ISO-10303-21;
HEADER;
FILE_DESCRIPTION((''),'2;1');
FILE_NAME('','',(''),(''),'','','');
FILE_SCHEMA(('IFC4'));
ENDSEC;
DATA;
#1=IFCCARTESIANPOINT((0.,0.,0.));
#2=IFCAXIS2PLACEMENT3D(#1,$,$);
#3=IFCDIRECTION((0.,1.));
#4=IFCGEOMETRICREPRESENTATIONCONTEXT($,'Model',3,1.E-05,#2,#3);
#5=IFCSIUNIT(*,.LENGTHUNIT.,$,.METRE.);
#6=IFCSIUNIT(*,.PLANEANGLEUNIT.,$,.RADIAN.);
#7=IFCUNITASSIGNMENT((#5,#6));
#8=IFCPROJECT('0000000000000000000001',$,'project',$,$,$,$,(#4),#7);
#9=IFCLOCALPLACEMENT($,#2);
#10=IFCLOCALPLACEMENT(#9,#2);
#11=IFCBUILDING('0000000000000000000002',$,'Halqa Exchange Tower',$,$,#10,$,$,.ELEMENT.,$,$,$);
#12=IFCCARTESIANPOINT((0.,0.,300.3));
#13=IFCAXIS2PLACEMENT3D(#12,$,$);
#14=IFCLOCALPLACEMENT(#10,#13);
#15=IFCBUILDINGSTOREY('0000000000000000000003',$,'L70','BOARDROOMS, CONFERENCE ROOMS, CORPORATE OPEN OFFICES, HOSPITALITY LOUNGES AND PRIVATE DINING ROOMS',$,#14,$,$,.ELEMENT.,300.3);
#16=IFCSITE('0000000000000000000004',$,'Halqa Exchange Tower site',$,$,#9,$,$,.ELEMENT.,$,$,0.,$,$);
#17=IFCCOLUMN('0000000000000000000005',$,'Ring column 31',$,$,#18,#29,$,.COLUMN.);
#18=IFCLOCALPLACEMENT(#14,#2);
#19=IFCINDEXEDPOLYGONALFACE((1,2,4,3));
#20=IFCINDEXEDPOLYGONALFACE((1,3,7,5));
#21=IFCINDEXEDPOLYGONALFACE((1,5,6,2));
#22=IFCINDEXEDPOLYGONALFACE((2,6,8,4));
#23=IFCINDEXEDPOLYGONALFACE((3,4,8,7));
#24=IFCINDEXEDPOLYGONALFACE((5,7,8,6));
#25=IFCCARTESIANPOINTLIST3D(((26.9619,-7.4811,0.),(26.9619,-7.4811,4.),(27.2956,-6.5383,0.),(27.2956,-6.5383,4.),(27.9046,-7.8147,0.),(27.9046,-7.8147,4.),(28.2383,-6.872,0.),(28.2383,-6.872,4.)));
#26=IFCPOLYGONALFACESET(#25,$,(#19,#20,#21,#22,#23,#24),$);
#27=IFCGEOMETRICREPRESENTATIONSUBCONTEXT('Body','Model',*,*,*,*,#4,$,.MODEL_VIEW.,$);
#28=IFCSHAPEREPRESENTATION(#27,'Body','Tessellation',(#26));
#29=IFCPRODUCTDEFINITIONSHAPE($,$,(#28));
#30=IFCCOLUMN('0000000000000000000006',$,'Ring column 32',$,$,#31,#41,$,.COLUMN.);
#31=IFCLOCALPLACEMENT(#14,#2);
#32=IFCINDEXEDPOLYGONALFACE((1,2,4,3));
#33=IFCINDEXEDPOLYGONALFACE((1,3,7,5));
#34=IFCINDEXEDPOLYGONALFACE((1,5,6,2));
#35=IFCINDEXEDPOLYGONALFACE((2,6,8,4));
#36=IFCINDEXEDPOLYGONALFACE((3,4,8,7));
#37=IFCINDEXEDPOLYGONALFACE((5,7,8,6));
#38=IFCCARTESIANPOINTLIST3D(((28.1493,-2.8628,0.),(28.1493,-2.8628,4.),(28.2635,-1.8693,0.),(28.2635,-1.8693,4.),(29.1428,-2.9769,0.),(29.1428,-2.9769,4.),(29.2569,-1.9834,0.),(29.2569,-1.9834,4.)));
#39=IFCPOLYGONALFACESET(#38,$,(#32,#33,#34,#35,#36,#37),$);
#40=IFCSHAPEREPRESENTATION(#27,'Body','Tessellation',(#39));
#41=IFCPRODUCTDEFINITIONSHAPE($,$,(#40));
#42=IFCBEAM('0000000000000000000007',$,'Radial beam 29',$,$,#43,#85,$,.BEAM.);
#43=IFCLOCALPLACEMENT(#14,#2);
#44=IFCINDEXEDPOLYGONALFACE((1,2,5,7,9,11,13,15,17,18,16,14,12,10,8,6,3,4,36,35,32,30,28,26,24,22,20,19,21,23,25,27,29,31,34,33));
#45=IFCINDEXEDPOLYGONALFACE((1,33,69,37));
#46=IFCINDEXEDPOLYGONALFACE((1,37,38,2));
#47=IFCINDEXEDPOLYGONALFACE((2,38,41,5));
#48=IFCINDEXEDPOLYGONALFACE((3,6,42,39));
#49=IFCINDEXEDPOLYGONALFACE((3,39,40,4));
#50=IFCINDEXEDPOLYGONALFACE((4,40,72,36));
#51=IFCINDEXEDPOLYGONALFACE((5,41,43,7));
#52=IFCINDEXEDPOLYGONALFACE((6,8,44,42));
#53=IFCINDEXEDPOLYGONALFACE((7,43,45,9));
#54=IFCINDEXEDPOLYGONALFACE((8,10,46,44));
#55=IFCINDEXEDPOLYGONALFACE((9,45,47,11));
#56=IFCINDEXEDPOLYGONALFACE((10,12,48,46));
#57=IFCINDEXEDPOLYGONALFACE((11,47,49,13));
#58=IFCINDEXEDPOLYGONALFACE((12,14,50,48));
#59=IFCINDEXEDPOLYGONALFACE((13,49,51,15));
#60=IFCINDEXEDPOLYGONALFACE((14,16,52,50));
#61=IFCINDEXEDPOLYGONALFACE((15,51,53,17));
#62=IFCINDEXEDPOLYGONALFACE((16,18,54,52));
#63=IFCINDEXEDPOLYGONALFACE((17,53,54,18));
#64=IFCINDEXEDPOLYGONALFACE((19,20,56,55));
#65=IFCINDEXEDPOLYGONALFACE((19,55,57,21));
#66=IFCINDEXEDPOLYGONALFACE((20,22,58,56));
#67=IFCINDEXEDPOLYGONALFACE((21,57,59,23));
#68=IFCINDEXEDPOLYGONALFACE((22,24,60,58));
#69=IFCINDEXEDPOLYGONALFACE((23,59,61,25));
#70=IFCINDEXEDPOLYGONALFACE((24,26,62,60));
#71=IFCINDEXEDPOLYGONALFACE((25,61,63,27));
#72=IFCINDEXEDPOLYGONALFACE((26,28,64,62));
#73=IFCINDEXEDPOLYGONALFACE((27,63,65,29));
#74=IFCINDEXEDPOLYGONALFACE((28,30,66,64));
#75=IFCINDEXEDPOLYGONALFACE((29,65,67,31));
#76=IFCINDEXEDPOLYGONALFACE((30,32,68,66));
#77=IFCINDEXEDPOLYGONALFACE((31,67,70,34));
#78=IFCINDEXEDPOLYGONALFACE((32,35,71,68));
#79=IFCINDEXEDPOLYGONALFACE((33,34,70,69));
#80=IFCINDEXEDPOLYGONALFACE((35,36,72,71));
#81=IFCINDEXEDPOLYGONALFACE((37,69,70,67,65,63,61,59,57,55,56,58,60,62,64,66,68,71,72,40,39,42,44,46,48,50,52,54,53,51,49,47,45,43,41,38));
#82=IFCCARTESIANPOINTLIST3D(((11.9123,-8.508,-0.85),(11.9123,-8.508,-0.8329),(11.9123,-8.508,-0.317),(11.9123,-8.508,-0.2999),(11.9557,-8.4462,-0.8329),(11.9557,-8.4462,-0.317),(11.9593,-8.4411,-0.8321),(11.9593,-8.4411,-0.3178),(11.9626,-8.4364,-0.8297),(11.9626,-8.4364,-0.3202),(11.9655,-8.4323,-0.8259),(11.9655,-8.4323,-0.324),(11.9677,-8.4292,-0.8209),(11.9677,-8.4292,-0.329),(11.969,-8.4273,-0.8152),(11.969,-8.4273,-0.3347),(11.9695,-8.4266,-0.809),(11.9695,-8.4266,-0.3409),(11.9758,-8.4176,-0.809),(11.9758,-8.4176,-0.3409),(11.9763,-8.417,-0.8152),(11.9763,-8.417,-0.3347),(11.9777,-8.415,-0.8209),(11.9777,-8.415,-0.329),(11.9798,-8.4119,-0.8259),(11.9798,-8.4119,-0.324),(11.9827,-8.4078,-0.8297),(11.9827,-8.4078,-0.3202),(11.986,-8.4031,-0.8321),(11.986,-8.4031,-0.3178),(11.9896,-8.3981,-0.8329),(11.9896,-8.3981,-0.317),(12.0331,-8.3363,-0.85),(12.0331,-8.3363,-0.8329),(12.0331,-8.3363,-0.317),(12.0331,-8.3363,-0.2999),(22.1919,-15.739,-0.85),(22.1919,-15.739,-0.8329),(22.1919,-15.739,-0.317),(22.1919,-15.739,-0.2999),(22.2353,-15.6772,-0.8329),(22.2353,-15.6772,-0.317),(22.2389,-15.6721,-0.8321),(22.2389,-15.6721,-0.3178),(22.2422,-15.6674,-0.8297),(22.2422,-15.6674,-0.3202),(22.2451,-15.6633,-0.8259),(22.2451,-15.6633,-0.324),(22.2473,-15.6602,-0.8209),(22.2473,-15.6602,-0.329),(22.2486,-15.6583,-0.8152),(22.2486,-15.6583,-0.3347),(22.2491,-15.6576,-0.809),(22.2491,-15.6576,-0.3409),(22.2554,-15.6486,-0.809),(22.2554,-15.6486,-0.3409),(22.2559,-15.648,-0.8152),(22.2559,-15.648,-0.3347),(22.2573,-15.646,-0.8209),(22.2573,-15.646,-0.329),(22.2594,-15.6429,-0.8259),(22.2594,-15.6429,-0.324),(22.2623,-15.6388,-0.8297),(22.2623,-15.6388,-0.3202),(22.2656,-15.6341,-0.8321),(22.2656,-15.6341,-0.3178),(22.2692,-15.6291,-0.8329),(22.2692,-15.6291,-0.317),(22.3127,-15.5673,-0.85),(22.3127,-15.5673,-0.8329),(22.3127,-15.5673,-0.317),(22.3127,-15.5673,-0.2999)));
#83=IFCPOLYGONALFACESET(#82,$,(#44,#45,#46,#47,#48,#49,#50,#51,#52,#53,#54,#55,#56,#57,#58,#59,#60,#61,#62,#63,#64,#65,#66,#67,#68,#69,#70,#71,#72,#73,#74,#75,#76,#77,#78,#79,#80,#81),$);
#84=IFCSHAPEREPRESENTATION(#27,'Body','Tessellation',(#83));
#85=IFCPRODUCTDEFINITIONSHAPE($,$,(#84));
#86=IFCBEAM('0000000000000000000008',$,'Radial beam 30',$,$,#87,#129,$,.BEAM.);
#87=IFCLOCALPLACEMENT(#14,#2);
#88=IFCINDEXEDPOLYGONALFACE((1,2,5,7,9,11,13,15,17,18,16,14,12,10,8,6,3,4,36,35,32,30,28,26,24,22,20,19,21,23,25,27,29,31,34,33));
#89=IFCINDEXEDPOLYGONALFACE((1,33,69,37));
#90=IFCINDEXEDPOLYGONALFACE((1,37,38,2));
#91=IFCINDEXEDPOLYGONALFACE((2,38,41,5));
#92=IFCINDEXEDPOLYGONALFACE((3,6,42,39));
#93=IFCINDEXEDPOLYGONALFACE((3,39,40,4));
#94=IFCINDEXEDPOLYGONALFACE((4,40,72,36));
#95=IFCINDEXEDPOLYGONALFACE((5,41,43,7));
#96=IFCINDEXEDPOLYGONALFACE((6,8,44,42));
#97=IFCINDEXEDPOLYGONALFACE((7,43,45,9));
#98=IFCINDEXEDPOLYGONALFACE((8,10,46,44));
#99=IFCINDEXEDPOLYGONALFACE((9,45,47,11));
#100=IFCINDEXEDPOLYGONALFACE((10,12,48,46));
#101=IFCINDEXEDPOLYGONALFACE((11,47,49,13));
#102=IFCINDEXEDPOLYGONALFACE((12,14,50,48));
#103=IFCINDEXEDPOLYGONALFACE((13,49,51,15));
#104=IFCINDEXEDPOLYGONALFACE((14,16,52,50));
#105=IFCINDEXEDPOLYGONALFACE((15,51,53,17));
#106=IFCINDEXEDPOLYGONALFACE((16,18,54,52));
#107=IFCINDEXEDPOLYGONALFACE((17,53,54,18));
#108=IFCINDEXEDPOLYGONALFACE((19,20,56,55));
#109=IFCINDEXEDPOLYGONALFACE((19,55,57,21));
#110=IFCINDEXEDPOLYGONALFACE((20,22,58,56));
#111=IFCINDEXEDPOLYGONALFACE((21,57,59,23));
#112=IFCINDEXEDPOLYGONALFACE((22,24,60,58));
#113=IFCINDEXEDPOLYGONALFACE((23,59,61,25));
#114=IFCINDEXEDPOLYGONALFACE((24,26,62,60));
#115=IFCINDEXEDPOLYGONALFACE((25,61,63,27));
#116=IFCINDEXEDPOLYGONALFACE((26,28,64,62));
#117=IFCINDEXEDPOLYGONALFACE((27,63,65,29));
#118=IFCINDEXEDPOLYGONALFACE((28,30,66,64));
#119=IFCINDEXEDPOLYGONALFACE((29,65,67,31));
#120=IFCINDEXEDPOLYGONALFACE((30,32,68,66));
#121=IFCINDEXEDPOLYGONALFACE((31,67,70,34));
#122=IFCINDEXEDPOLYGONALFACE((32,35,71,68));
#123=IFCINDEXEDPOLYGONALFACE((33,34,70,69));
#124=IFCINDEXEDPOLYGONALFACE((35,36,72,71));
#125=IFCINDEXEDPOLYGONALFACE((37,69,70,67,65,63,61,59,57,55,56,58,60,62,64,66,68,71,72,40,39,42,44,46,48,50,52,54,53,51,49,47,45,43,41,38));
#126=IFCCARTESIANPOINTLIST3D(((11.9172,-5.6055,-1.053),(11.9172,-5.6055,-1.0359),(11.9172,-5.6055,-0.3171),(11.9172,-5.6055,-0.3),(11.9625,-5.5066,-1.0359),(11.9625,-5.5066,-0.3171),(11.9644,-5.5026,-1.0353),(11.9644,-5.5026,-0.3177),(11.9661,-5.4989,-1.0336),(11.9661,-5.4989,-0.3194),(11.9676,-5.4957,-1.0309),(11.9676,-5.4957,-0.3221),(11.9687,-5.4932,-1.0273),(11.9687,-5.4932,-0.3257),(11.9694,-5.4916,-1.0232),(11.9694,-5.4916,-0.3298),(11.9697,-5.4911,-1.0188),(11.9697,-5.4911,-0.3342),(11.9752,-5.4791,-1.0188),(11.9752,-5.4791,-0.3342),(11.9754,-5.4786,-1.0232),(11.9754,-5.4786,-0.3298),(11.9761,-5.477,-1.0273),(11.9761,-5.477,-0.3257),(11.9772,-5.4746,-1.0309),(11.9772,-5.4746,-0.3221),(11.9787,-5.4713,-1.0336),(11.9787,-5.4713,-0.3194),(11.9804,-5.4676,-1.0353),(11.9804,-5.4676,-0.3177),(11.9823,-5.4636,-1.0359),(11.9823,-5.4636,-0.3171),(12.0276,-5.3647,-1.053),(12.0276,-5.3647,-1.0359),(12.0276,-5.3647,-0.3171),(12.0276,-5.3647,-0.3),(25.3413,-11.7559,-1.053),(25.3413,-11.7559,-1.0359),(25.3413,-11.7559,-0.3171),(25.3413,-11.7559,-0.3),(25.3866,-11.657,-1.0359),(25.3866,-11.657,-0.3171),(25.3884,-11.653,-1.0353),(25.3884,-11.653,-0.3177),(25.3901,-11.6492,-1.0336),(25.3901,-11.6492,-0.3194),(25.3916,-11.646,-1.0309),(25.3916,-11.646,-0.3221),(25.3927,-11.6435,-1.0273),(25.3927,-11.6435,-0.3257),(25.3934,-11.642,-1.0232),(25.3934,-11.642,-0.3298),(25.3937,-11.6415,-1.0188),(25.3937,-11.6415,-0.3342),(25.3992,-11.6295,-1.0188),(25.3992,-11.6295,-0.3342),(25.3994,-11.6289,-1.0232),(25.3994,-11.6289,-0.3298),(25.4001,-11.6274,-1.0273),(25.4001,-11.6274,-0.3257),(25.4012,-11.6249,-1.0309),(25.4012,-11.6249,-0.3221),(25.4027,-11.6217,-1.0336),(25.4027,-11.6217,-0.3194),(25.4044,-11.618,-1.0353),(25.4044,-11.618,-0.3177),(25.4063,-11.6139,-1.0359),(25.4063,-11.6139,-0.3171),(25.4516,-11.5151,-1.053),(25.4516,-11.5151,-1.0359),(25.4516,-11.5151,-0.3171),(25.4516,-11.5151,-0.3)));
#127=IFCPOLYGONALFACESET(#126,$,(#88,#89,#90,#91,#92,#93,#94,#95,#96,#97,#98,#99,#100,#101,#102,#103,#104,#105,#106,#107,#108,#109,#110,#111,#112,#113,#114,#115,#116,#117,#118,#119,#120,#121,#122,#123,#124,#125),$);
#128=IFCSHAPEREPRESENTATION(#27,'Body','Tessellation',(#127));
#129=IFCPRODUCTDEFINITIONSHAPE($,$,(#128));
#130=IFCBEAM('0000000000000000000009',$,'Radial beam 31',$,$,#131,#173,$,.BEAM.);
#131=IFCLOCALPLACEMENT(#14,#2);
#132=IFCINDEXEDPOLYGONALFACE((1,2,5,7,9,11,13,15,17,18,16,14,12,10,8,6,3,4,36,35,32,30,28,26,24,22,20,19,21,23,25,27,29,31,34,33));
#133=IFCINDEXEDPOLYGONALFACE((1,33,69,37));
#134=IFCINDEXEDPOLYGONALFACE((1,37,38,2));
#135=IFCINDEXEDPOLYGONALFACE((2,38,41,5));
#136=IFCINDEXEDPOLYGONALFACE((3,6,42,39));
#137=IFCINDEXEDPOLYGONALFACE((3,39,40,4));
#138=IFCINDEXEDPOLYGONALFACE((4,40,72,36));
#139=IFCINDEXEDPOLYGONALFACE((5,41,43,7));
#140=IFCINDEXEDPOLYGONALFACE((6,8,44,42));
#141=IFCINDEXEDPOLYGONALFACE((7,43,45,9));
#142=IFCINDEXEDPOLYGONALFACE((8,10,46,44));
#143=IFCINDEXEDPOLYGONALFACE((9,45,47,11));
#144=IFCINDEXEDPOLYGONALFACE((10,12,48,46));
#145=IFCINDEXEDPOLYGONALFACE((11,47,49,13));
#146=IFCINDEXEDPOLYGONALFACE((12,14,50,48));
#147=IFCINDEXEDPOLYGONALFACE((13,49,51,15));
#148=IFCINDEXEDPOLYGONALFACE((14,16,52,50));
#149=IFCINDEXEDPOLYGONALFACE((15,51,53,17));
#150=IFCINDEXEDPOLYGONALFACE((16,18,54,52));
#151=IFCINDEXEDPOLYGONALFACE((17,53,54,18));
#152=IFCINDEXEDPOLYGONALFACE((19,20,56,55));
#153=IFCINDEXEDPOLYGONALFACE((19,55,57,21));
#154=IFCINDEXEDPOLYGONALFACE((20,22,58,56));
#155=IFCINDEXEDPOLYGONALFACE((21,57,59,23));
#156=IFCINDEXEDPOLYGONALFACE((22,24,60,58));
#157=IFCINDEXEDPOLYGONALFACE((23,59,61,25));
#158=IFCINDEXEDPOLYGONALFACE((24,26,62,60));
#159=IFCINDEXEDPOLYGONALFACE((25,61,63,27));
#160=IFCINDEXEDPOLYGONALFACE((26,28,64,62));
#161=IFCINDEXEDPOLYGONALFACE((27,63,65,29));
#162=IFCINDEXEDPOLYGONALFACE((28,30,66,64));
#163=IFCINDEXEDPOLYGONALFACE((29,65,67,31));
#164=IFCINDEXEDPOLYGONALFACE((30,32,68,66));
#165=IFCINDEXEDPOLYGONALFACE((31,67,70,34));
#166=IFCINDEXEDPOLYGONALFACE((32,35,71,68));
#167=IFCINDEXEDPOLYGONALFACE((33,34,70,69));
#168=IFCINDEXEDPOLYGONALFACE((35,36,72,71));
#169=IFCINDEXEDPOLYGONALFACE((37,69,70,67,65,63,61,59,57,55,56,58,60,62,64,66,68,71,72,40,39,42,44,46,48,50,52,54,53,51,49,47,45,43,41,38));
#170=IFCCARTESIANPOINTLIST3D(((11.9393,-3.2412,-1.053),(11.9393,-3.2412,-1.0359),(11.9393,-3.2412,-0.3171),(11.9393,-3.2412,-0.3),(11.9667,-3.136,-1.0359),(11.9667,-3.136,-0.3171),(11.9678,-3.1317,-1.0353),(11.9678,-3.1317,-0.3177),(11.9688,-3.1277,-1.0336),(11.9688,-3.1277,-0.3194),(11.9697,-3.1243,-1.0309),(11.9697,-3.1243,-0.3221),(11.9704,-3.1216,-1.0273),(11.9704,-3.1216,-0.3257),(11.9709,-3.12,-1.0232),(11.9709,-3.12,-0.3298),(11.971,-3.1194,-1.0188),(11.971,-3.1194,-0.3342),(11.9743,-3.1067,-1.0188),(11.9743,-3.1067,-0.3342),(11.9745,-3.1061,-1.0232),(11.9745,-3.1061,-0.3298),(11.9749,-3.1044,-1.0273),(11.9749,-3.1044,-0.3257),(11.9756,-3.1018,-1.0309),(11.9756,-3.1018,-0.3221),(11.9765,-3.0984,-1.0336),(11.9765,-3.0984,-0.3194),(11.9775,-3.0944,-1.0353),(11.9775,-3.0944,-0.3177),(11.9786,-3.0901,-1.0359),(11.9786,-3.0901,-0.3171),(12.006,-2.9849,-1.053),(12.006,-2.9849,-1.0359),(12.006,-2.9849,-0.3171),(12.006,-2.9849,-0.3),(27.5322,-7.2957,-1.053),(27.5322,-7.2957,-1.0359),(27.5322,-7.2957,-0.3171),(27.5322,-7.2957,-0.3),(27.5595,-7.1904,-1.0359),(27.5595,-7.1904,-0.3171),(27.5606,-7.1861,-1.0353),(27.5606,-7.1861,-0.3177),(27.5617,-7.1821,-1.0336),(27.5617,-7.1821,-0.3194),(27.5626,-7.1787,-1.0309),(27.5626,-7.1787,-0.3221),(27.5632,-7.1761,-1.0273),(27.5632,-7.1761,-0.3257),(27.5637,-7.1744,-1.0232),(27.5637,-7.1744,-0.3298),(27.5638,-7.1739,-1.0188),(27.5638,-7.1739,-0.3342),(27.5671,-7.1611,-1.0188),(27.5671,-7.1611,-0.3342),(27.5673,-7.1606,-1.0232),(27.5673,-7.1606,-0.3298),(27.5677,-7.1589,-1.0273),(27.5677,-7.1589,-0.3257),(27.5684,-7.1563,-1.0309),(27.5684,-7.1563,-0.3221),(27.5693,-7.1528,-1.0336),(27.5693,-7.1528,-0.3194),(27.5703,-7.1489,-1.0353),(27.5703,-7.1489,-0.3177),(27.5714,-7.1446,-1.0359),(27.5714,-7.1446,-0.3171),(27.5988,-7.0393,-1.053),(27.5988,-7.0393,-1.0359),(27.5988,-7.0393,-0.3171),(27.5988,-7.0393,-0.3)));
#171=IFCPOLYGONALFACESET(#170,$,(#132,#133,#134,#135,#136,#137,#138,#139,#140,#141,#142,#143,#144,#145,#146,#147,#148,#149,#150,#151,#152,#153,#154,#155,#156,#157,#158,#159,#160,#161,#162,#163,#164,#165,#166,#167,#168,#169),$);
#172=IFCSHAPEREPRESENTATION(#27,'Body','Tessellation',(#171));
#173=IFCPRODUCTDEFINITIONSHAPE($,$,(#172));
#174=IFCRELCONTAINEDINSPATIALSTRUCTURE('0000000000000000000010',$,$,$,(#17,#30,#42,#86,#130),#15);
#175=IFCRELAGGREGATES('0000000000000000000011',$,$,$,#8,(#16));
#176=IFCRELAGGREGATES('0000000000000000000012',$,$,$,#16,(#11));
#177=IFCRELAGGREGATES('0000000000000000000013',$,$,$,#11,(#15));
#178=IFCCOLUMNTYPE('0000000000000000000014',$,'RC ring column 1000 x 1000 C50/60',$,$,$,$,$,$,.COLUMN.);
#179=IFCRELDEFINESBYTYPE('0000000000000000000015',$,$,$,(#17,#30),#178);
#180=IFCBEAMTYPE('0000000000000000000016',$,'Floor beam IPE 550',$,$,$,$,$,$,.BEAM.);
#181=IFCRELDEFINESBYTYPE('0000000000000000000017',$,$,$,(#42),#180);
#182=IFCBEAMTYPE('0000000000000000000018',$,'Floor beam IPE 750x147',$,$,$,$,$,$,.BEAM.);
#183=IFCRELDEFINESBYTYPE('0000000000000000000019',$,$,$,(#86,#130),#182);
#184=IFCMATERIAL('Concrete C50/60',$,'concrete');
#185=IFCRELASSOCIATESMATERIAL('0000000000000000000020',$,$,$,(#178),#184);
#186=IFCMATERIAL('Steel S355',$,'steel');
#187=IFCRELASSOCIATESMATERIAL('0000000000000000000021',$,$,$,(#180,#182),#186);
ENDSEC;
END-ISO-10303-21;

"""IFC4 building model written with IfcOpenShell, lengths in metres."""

from ifc_helpers import new_model, si_unit, direction, frame, origin, origin_2d, place, context, subcontext, project, spatial, rectangle, i_section, extrude, material, material_profile, profile_set, type_object, element, save


model = new_model("IFC4")

# Units and contexts
model_context = context("Model", 3, precision=1e-05, world=origin(), true_north=direction((0.0, 1.0)))
body_context = subcontext(model_context, "Body", "Model", "MODEL_VIEW")
ifc_project = project(units=[si_unit("LENGTHUNIT", "METRE"), si_unit("PLANEANGLEUNIT", "RADIAN")], contexts=[model_context])

# Site, building, storey
site_placement = place(None, origin())
site = spatial("IfcSite", under=ifc_project, at=site_placement, Name="Halqa Exchange Tower site", CompositionType="ELEMENT", RefElevation=0.0)
building_placement = place(site_placement, origin())
building = spatial("IfcBuilding", under=site, at=building_placement, Name="Halqa Exchange Tower", CompositionType="ELEMENT")
storey_placement = place(building_placement, frame((0.0, 0.0, 300.3)))
storey = spatial("IfcBuildingStorey", under=building, at=storey_placement, Name="L70", Description="BOARDROOMS, CONFERENCE ROOMS, CORPORATE OPEN OFFICES, HOSPITALITY LOUNGES AND PRIVATE DINING ROOMS", CompositionType="ELEMENT", Elevation=300.3)

# Columns
ifc_material_1 = material(Name="Concrete C50/60", Category="concrete")
ifc_material_profile_1 = material_profile(ifc_material_1, rectangle(XDim=1.0, YDim=1.0, at=origin_2d()), Name="1000 x 1000")
ifc_profile_set_1 = profile_set([ifc_material_profile_1], Name="Concrete C50/60")
column_type = type_object("IfcColumnType", Name="RC ring column 1000 x 1000 C50/60", PredefinedType="COLUMN", material=ifc_profile_set_1)
for number, where, z_axis, x_axis, name in (
    (1, (27.6001, -7.1765, 0.0), (0.0, 0.0, 1.0), (0.333623, 0.942707, 0.0), "Ring column 31"),
    (2, (28.7031, -2.4231, 0.0), (0.0, 0.0, 1.0), (0.11415, 0.993464, 0.0), "Ring column 32"),
):
    element("IfcColumn", number, at=place(storey_placement, frame(where, z_axis=z_axis, x_axis=x_axis)), inside=storey, type_object=column_type, Name=name, PredefinedType="COLUMN", context=body_context, shape_type="SweptSolid", body=[
        extrude(rectangle(XDim=1.0, YDim=1.0, at=origin_2d()), origin(), (0.0, 0.0, 1.0), 4.0),
    ])

# Beams
ifc_material_2 = material(Name="Steel S355", Category="steel")
ifc_material_profile_2 = material_profile(ifc_material_2, i_section(OverallWidth=0.21, OverallDepth=0.55, WebThickness=0.011, FlangeThickness=0.0171, FilletRadius=0.0239, at=origin_2d()), Name="IPE 550")
ifc_profile_set_2 = profile_set([ifc_material_profile_2], Name="Steel S355")
beam_type_1 = type_object("IfcBeamType", Name="Floor beam IPE 550", PredefinedType="BEAM", material=ifc_profile_set_2)
beam_1_placement = place(storey_placement, frame((11.9727, -8.4221, -0.575), z_axis=(0.817911, -0.575345, 0.0), x_axis=(0.575345, 0.817911, 0.0)))
element("IfcBeam", 3, at=beam_1_placement, inside=storey, type_object=beam_type_1, Name="Radial beam 29", PredefinedType="BEAM", context=body_context, shape_type="SweptSolid", body=[
    extrude(i_section(OverallWidth=0.21, OverallDepth=0.55, WebThickness=0.011, FlangeThickness=0.0171, FilletRadius=0.0239, at=origin_2d()), origin(), (0.0, 0.0, 1.0), 12.5681),
])
ifc_material_profile_3 = material_profile(ifc_material_2, i_section(OverallWidth=0.2649, OverallDepth=0.7529, WebThickness=0.0132, FlangeThickness=0.0171, FilletRadius=0.0171, at=origin_2d()), Name="IPE 750x147")
ifc_profile_set_3 = profile_set([ifc_material_profile_3], Name="Steel S355")
beam_type_2 = type_object("IfcBeamType", Name="Floor beam IPE 750x147", PredefinedType="BEAM", material=ifc_profile_set_3)
beam_2_placement = place(storey_placement, frame((11.9724, -5.4851, -0.6765), z_axis=(0.909124, -0.416525, 0.0), x_axis=(0.416525, 0.909124, 0.0)))
element("IfcBeam", 4, at=beam_2_placement, inside=storey, type_object=beam_type_2, Name="Radial beam 30", PredefinedType="BEAM", context=body_context, shape_type="SweptSolid", body=[
    extrude(i_section(OverallWidth=0.2649, OverallDepth=0.7529, WebThickness=0.0132, FlangeThickness=0.0171, FilletRadius=0.0171, at=origin_2d()), origin(), (0.0, 0.0, 1.0), 14.7659),
])
beam_3_placement = place(storey_placement, frame((11.9727, -3.113, -0.6765), z_axis=(0.967818, -0.251653, 0.0), x_axis=(0.251653, 0.967818, 0.0)))
element("IfcBeam", 5, at=beam_3_placement, inside=storey, type_object=beam_type_2, Name="Radial beam 31", PredefinedType="BEAM", context=body_context, shape_type="SweptSolid", body=[
    extrude(i_section(OverallWidth=0.2649, OverallDepth=0.7529, WebThickness=0.0132, FlangeThickness=0.0171, FilletRadius=0.0171, at=origin_2d()), origin(), (0.0, 0.0, 1.0), 16.1113),
])

save(model, "model.ifc")
